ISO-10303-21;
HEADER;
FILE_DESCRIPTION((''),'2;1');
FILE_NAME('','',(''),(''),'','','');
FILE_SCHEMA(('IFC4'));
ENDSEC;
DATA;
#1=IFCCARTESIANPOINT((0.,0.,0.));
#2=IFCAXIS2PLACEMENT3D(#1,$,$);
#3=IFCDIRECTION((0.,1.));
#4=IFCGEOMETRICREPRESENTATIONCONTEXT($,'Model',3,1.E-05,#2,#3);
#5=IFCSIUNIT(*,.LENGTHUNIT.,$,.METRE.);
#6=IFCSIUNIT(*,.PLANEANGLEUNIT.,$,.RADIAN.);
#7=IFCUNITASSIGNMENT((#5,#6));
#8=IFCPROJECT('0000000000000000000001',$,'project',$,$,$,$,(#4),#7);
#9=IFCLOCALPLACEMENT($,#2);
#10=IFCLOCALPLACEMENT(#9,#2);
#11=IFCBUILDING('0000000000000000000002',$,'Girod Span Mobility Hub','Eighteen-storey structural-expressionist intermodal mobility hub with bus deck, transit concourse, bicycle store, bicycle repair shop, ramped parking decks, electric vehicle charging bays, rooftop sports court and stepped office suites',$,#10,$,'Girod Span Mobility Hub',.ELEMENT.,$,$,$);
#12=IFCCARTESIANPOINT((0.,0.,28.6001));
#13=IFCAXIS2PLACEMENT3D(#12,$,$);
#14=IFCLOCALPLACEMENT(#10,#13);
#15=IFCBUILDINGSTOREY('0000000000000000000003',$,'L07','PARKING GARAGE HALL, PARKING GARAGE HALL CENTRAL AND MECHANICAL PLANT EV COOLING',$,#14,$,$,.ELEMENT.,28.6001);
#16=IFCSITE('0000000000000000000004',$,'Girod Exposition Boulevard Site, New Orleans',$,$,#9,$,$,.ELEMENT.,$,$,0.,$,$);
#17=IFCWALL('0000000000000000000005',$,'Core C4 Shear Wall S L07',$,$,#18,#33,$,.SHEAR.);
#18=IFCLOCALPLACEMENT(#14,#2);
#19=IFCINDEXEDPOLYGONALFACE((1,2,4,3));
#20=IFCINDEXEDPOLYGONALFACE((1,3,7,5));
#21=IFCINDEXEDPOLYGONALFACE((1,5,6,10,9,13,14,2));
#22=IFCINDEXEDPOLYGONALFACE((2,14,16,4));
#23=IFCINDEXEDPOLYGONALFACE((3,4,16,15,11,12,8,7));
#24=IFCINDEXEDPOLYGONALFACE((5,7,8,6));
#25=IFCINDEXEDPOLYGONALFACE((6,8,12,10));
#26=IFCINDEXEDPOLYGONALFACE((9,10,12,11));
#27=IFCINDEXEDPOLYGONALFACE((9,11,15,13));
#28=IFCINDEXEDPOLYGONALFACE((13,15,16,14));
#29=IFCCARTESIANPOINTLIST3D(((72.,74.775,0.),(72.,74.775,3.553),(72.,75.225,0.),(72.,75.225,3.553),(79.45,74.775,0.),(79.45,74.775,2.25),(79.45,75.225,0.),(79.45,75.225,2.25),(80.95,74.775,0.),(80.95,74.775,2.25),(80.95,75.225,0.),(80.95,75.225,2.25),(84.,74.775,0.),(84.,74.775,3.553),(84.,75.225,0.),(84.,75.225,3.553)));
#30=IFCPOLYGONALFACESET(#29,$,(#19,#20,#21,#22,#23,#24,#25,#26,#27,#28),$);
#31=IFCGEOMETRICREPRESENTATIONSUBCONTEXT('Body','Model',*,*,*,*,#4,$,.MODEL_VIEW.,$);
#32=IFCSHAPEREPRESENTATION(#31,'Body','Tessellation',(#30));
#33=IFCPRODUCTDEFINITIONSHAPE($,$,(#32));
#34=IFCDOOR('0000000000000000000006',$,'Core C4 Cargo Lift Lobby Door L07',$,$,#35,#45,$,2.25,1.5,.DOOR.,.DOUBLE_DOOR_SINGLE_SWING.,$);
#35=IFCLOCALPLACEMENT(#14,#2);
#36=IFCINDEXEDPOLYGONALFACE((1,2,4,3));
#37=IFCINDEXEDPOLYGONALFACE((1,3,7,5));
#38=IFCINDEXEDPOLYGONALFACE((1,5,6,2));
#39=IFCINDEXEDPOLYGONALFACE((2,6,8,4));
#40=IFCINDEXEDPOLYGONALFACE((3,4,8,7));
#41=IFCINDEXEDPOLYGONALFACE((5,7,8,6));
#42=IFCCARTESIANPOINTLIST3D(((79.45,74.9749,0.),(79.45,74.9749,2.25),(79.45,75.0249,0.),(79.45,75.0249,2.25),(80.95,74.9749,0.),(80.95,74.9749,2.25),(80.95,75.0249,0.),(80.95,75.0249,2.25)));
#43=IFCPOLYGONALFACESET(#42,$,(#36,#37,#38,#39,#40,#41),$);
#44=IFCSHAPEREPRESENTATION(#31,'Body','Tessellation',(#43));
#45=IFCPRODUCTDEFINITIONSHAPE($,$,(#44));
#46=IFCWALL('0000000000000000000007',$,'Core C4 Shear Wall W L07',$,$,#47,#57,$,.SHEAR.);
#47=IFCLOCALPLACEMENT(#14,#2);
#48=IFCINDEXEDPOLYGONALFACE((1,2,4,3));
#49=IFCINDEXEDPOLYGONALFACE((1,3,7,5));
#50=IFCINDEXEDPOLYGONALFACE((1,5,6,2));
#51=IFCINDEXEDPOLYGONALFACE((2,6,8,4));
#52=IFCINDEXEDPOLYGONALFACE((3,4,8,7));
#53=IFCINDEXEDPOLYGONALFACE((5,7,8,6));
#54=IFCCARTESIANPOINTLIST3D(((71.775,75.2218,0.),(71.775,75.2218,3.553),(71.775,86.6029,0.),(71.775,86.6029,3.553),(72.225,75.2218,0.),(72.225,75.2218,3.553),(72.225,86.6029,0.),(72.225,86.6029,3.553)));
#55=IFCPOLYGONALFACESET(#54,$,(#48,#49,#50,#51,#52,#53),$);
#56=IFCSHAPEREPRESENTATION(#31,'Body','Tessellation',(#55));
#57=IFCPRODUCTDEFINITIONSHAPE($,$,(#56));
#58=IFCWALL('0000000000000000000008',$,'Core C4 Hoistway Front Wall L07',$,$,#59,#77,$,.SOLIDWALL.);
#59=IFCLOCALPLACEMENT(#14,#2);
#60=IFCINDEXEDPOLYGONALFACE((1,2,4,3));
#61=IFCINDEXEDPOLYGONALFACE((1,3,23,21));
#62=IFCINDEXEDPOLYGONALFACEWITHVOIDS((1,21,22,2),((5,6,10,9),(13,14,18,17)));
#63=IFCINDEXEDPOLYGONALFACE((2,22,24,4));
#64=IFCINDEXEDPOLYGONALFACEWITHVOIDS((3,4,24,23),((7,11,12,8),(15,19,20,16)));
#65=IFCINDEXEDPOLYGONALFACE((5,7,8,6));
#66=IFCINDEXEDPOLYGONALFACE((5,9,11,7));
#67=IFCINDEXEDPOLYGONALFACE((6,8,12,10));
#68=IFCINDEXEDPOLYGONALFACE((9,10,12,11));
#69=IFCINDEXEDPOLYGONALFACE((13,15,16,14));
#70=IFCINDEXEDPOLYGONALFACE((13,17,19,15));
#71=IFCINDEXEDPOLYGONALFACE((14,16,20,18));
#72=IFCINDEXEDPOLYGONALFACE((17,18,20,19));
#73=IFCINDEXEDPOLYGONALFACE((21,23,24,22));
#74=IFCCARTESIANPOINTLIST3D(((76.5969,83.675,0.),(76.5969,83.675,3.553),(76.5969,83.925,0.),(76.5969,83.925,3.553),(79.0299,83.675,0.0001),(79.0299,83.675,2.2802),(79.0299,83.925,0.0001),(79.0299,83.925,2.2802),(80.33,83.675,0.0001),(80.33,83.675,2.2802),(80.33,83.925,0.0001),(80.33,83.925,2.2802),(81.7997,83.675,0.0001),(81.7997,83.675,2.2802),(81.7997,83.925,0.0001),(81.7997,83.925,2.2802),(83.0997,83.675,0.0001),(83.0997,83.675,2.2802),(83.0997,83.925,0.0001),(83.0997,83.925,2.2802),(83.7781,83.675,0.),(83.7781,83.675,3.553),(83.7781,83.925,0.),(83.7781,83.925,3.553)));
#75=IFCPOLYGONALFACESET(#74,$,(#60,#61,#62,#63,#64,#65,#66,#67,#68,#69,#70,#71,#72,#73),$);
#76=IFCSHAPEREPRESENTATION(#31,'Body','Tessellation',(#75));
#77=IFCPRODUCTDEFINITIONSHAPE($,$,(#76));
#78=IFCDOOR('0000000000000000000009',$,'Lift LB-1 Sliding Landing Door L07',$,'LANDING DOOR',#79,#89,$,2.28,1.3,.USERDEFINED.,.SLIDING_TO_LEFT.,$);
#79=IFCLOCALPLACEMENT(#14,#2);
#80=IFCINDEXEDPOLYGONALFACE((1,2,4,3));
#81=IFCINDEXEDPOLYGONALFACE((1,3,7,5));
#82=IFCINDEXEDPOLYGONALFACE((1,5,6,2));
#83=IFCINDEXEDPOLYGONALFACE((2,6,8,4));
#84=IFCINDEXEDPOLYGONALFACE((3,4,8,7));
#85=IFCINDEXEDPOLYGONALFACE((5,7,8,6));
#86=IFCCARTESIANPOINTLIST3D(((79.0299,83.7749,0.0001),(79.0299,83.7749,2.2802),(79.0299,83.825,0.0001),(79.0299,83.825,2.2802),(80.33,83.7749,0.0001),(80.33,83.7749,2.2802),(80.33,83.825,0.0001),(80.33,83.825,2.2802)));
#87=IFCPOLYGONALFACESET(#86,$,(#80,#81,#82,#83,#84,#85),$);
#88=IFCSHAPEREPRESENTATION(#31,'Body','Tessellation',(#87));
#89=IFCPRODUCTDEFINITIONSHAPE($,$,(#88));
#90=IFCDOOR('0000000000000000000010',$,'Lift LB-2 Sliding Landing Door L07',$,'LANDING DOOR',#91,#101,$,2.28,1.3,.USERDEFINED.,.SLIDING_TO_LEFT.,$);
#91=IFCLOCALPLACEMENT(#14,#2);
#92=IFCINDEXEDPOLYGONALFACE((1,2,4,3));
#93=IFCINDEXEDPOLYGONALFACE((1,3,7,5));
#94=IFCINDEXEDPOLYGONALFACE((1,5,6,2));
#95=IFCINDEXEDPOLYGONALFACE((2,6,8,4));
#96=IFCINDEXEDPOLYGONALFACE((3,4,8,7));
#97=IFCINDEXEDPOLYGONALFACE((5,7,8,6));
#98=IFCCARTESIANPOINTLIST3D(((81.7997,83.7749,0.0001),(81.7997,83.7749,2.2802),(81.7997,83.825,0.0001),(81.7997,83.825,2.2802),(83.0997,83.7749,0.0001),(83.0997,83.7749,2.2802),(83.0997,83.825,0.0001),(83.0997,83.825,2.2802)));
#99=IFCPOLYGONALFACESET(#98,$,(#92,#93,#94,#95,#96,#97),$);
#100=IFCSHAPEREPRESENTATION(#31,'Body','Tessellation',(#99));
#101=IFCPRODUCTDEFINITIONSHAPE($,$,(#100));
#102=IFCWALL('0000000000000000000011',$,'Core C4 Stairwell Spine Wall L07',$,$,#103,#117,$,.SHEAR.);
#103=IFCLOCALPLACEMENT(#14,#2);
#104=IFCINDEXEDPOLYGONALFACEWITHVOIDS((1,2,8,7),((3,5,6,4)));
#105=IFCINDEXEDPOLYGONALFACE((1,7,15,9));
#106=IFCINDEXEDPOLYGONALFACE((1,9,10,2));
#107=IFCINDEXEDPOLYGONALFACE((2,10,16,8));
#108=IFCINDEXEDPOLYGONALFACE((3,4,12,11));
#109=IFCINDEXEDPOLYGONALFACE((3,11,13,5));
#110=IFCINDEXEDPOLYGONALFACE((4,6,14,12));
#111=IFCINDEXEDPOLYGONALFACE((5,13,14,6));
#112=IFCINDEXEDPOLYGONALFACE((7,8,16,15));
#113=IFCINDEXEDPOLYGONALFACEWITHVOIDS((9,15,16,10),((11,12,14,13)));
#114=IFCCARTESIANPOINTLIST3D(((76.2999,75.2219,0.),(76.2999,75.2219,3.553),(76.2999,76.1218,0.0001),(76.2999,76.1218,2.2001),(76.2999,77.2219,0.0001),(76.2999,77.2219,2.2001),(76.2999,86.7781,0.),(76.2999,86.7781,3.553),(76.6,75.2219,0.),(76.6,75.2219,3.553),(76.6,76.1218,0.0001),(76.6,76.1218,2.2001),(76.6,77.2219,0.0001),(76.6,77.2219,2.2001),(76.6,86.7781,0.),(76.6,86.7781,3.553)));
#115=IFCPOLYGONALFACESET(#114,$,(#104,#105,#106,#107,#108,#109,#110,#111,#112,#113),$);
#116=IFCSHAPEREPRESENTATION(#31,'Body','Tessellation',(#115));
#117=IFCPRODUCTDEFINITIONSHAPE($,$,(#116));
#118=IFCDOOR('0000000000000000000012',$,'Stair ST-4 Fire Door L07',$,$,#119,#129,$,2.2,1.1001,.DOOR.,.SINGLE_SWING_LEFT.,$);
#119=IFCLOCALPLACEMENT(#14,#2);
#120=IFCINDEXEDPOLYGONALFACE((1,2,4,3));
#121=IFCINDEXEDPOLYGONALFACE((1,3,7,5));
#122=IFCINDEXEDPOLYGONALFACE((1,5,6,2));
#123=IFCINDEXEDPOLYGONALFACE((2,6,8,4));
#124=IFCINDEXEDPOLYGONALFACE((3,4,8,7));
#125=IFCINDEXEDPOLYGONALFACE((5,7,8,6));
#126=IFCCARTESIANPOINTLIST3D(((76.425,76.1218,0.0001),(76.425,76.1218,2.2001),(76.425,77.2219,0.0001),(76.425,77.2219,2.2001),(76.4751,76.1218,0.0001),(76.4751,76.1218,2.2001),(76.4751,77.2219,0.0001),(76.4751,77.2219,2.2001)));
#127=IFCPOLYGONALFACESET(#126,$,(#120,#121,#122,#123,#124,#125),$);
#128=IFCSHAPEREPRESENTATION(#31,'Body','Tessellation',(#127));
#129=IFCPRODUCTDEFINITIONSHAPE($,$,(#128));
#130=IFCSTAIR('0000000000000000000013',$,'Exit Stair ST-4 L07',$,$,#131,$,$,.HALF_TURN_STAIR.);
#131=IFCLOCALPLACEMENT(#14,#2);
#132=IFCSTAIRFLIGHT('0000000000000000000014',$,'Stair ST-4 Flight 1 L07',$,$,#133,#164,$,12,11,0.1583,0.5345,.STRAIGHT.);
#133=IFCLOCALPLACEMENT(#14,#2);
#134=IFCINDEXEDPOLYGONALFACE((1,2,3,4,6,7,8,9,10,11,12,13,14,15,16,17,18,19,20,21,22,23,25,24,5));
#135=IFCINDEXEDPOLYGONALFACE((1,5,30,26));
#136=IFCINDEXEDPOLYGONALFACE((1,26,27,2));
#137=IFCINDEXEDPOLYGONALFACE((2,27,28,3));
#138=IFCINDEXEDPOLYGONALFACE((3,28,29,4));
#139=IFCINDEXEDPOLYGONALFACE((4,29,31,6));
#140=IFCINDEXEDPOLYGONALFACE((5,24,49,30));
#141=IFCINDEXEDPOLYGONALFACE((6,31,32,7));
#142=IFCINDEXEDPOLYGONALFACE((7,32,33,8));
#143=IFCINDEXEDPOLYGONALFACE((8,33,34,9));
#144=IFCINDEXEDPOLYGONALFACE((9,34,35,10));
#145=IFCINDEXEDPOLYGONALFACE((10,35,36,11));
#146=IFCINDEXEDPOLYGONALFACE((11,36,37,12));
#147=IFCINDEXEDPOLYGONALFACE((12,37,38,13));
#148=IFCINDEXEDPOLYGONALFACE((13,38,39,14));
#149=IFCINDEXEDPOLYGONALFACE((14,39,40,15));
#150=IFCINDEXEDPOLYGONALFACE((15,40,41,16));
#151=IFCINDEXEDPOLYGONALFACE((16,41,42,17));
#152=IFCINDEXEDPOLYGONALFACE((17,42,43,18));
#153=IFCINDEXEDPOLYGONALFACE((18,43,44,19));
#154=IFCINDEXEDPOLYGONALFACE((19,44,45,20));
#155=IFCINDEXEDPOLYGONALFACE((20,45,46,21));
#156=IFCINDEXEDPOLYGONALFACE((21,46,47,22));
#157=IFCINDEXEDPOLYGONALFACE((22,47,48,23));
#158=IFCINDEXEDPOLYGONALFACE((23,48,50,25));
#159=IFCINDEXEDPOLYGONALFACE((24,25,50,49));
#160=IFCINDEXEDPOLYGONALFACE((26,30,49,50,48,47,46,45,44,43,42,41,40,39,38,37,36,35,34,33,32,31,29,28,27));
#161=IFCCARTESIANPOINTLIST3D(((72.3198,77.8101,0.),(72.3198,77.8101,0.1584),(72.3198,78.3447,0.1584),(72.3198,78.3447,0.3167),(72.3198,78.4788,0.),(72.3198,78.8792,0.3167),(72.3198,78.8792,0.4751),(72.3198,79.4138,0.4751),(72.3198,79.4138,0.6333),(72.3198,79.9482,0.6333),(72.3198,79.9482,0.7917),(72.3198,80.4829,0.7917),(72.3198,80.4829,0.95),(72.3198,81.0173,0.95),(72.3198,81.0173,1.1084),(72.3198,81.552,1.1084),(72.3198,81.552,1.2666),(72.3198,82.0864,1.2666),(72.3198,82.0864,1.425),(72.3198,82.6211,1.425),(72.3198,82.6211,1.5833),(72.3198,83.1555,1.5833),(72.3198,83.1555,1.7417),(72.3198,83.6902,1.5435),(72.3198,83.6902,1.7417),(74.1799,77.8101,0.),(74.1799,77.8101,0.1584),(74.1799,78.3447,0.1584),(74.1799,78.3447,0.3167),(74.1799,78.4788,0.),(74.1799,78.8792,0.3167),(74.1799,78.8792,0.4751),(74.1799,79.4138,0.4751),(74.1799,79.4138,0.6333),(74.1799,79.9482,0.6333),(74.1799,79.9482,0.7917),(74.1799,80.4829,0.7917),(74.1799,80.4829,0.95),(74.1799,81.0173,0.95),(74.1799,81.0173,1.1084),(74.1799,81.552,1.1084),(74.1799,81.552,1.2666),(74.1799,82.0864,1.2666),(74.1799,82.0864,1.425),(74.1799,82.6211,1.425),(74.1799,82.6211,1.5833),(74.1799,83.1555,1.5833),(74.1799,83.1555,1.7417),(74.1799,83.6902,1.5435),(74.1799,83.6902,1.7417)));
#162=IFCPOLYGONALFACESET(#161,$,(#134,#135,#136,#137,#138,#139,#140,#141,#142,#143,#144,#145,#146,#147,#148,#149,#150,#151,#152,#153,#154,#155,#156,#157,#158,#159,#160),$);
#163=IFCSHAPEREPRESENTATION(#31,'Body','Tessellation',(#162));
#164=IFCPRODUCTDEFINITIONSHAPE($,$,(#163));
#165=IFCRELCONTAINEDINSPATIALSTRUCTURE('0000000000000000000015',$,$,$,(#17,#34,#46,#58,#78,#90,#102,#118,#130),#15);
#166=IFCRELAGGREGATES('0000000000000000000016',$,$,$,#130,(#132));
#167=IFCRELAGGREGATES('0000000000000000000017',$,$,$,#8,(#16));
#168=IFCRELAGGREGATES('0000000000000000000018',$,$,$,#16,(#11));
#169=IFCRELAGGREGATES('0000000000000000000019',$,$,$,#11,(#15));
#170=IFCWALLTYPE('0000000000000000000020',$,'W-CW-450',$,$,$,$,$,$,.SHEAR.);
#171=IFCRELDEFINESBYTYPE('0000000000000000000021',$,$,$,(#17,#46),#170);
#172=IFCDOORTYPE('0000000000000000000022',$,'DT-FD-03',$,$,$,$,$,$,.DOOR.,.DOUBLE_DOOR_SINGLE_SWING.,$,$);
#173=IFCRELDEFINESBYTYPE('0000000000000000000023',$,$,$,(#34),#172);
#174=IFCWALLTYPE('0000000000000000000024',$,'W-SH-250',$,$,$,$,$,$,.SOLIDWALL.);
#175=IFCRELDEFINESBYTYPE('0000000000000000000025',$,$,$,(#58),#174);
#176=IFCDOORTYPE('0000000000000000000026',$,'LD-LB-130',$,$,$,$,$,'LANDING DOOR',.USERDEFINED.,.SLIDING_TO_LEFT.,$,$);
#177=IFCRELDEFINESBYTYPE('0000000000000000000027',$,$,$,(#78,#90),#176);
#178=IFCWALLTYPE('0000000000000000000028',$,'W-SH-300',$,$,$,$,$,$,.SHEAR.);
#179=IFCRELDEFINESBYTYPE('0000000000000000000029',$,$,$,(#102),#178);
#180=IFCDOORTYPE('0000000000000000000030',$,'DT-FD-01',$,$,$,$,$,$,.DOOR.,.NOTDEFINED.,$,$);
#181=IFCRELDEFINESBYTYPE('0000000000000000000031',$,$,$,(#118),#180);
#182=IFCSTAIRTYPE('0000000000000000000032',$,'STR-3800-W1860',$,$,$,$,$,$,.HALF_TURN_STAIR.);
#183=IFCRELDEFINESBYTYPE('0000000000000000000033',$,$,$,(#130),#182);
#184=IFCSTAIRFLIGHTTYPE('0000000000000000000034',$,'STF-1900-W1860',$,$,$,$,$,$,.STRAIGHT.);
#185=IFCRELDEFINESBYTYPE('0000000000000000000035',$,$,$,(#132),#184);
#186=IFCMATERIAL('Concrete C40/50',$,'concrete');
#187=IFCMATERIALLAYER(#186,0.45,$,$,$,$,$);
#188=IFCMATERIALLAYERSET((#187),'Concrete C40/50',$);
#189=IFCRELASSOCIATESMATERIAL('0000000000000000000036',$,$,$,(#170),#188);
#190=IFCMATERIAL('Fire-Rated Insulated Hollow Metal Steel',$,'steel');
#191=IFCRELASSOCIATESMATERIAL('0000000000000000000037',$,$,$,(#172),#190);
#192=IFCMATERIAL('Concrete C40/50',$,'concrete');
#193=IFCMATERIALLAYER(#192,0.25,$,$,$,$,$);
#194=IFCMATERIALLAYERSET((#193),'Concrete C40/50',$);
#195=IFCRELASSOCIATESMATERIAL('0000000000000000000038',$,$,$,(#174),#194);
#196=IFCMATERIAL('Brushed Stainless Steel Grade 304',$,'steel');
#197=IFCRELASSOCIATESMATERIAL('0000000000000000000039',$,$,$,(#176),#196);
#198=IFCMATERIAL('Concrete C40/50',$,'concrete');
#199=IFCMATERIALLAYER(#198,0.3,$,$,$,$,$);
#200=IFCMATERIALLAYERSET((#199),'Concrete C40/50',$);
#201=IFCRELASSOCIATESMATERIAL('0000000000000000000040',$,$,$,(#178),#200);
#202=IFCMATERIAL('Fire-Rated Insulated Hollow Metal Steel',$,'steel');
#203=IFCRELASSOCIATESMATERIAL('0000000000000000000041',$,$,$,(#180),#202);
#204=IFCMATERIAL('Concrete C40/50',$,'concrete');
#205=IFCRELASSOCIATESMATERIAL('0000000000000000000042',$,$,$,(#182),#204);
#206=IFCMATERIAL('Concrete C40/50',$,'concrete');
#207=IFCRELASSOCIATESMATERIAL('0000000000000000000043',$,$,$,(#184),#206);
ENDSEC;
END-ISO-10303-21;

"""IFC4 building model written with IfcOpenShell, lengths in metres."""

from ifc_helpers import new_model, si_unit, direction, frame, frame_2d, origin, place, context, subcontext, project, spatial, polyline, rectangle, outline, extrude, material, layer, layer_set, type_object, element, fill, aggregate, save


model = new_model("IFC4")

# Units and contexts
model_context = context("Model", 3, precision=1e-05, world=origin(), true_north=direction((0.0, 1.0)))
body_context = subcontext(model_context, "Body", "Model", "MODEL_VIEW")
ifc_project = project(units=[si_unit("LENGTHUNIT", "METRE"), si_unit("PLANEANGLEUNIT", "RADIAN")], contexts=[model_context])

# Site, building, storey
site_placement = place(None, origin())
site = spatial("IfcSite", under=ifc_project, at=site_placement, Name="Girod Exposition Boulevard Site, New Orleans", CompositionType="ELEMENT", RefElevation=0.0)
building_placement = place(site_placement, origin())
building = spatial("IfcBuilding", under=site, at=building_placement, Name="Girod Span Mobility Hub", Description="Eighteen-storey structural-expressionist intermodal mobility hub with bus deck, transit concourse, bicycle store, bicycle repair shop, ramped parking decks, electric vehicle charging bays, rooftop sports court and stepped office suites", LongName="Girod Span Mobility Hub", CompositionType="ELEMENT")
storey_placement = place(building_placement, frame((0.0, 0.0, 28.6001)))
storey = spatial("IfcBuildingStorey", under=building, at=storey_placement, Name="L07", Description="PARKING GARAGE HALL, PARKING GARAGE HALL CENTRAL AND MECHANICAL PLANT EV COOLING", CompositionType="ELEMENT", Elevation=28.6001)

# Wall, opening, door
ifc_material_1 = material(Name="Concrete C40/50", Category="concrete")
ifc_layer_1 = layer(ifc_material_1, 0.45)
ifc_layer_set_1 = layer_set([ifc_layer_1], Name="Concrete C40/50")
wall_type_1 = type_object("IfcWallType", Name="W-CW-450", PredefinedType="SHEAR", material=ifc_layer_set_1)
wall_1_placement = place(storey_placement, frame((72.0, 75.0, 0.0), z_axis=(0.0, 0.0, 1.0), x_axis=(1.0, 0.0, 0.0)))
wall_1 = element("IfcWall", 1, at=wall_1_placement, inside=storey, type_object=wall_type_1, Name="Core C4 Shear Wall S L07", PredefinedType="SHEAR", context=body_context, shape_type="SweptSolid", body=[
    extrude(rectangle(XDim=12.0, YDim=0.45, at=frame_2d((6.0, 0.0))), origin(), (0.0, 0.0, 1.0), 3.553),
])
opening_1_placement = place(wall_1_placement, frame((7.45, 0.0, 0.0)))
opening_1 = element("IfcOpeningElement", 2, at=opening_1_placement, cuts=wall_1, PredefinedType="OPENING", context=body_context, shape_type="SweptSolid", body=[
    extrude(rectangle(XDim=1.5, YDim=2.25, at=frame_2d((0.75, 1.125))), frame((0.0, 0.24, 0.0), z_axis=(0.0, -1.0, 0.0), x_axis=(1.0, 0.0, 0.0)), (0.0, 0.0, 1.0), 0.48),
])
ifc_material_2 = material(Name="Fire-Rated Insulated Hollow Metal Steel", Category="steel")
door_type_1 = type_object("IfcDoorType", Name="DT-FD-03", OperationType="DOUBLE_DOOR_SINGLE_SWING", PredefinedType="DOOR", material=ifc_material_2)
door_1_placement = place(opening_1_placement, origin())
door_1 = element("IfcDoor", 3, at=door_1_placement, inside=storey, type_object=door_type_1, Name="Core C4 Cargo Lift Lobby Door L07", OperationType="DOUBLE_DOOR_SINGLE_SWING", OverallHeight=2.25, OverallWidth=1.5, PredefinedType="DOOR", context=body_context, shape_type="SweptSolid", body=[
    extrude(rectangle(XDim=1.5, YDim=2.25, at=frame_2d((0.75, 1.125))), frame((0.0, 0.0249, 0.0), z_axis=(0.0, -1.0, 0.0), x_axis=(1.0, 0.0, 0.0)), (0.0, 0.0, 1.0), 0.05),
])
fill(opening_1, door_1)

# Wall
wall_2_placement = place(storey_placement, frame((72.0, 75.2219, 0.0), z_axis=(0.0, 0.0, 1.0), x_axis=(0.0, 1.0, 0.0)))
element("IfcWall", 4, at=wall_2_placement, inside=storey, type_object=wall_type_1, Name="Core C4 Shear Wall W L07", PredefinedType="SHEAR", context=body_context, shape_type="SweptSolid", body=[
    extrude(rectangle(XDim=11.3811, YDim=0.45, at=frame_2d((5.6904, 0.0))), origin(), (0.0, 0.0, 1.0), 3.553),
])

# Wall, openings, doors
ifc_material_3 = material(Name="Concrete C40/50", Category="concrete")
ifc_layer_2 = layer(ifc_material_3, 0.25)
ifc_layer_set_2 = layer_set([ifc_layer_2], Name="Concrete C40/50")
wall_type_2 = type_object("IfcWallType", Name="W-SH-250", PredefinedType="SOLIDWALL", material=ifc_layer_set_2)
wall_3_placement = place(storey_placement, frame((76.5969, 83.8, 0.0), z_axis=(0.0, 0.0, 1.0), x_axis=(1.0, 0.0, 0.0)))
wall_3 = element("IfcWall", 5, at=wall_3_placement, inside=storey, type_object=wall_type_2, Name="Core C4 Hoistway Front Wall L07", PredefinedType="SOLIDWALL", context=body_context, shape_type="SweptSolid", body=[
    extrude(rectangle(XDim=7.1812, YDim=0.25, at=frame_2d((3.5906, 0.0))), origin(), (0.0, 0.0, 1.0), 3.553),
])
opening_2_placement = place(wall_3_placement, frame((2.4331, 0.0, 0.0)))
opening_2 = element("IfcOpeningElement", 6, at=opening_2_placement, cuts=wall_3, PredefinedType="OPENING", context=body_context, shape_type="SweptSolid", body=[
    extrude(rectangle(XDim=1.3, YDim=2.28, at=frame_2d((0.6499, 1.1401))), frame((0.0, 0.1399, 0.0), z_axis=(0.0, -1.0, 0.0), x_axis=(1.0, 0.0, 0.0)), (0.0, 0.0, 1.0), 0.28),
])
opening_3_placement = place(wall_3_placement, frame((5.2029, 0.0, 0.0)))
opening_3 = element("IfcOpeningElement", 7, at=opening_3_placement, cuts=wall_3, PredefinedType="OPENING", context=body_context, shape_type="SweptSolid", body=[
    extrude(rectangle(XDim=1.3, YDim=2.28, at=frame_2d((0.6499, 1.1401))), frame((0.0, 0.1399, 0.0), z_axis=(0.0, -1.0, 0.0), x_axis=(1.0, 0.0, 0.0)), (0.0, 0.0, 1.0), 0.28),
])
ifc_material_4 = material(Name="Brushed Stainless Steel Grade 304", Category="steel")
door_type_2 = type_object("IfcDoorType", Name="LD-LB-130", ElementType="LANDING DOOR", OperationType="SLIDING_TO_LEFT", PredefinedType="USERDEFINED", material=ifc_material_4)
door_2_placement = place(opening_2_placement, origin())
door_2 = element("IfcDoor", 8, at=door_2_placement, inside=storey, type_object=door_type_2, Name="Lift LB-1 Sliding Landing Door L07", ObjectType="LANDING DOOR", OperationType="SLIDING_TO_LEFT", OverallHeight=2.28, OverallWidth=1.3, PredefinedType="USERDEFINED", context=body_context, shape_type="SweptSolid", body=[
    extrude(rectangle(XDim=1.3, YDim=2.28, at=frame_2d((0.6499, 1.1401))), frame((0.0, 0.0249, 0.0), z_axis=(0.0, -1.0, 0.0), x_axis=(1.0, 0.0, 0.0)), (0.0, 0.0, 1.0), 0.05),
])
fill(opening_2, door_2)
door_3_placement = place(opening_3_placement, origin())
door_3 = element("IfcDoor", 9, at=door_3_placement, inside=storey, type_object=door_type_2, Name="Lift LB-2 Sliding Landing Door L07", ObjectType="LANDING DOOR", OperationType="SLIDING_TO_LEFT", OverallHeight=2.28, OverallWidth=1.3, PredefinedType="USERDEFINED", context=body_context, shape_type="SweptSolid", body=[
    extrude(rectangle(XDim=1.3, YDim=2.28, at=frame_2d((0.6499, 1.1401))), frame((0.0, 0.0249, 0.0), z_axis=(0.0, -1.0, 0.0), x_axis=(1.0, 0.0, 0.0)), (0.0, 0.0, 1.0), 0.05),
])
fill(opening_3, door_3)

# Wall, opening, door
ifc_material_5 = material(Name="Concrete C40/50", Category="concrete")
ifc_layer_3 = layer(ifc_material_5, 0.3)
ifc_layer_set_3 = layer_set([ifc_layer_3], Name="Concrete C40/50")
wall_type_3 = type_object("IfcWallType", Name="W-SH-300", PredefinedType="SHEAR", material=ifc_layer_set_3)
wall_4_placement = place(storey_placement, frame((76.45, 75.2219, 0.0), z_axis=(0.0, 0.0, 1.0), x_axis=(0.0, 1.0, 0.0)))
wall_4 = element("IfcWall", 10, at=wall_4_placement, inside=storey, type_object=wall_type_3, Name="Core C4 Stairwell Spine Wall L07", PredefinedType="SHEAR", context=body_context, shape_type="SweptSolid", body=[
    extrude(rectangle(XDim=11.5562, YDim=0.3, at=frame_2d((5.7781, 0.0))), origin(), (0.0, 0.0, 1.0), 3.553),
])
opening_4_placement = place(wall_4_placement, frame((0.8999, 0.0, 0.0)))
opening_4 = element("IfcOpeningElement", 11, at=opening_4_placement, cuts=wall_4, PredefinedType="OPENING", context=body_context, shape_type="SweptSolid", body=[
    extrude(rectangle(XDim=1.1001, YDim=2.2, at=frame_2d((0.55, 1.1001))), frame((0.0, 0.165, 0.0), z_axis=(0.0, -1.0, 0.0), x_axis=(1.0, 0.0, 0.0)), (0.0, 0.0, 1.0), 0.3301),
])
ifc_material_6 = material(Name="Fire-Rated Insulated Hollow Metal Steel", Category="steel")
door_type_3 = type_object("IfcDoorType", Name="DT-FD-01", OperationType="NOTDEFINED", PredefinedType="DOOR", material=ifc_material_6)
door_4_placement = place(opening_4_placement, origin())
door_4 = element("IfcDoor", 12, at=door_4_placement, inside=storey, type_object=door_type_3, Name="Stair ST-4 Fire Door L07", OperationType="SINGLE_SWING_LEFT", OverallHeight=2.2, OverallWidth=1.1001, PredefinedType="DOOR", context=body_context, shape_type="SweptSolid", body=[
    extrude(rectangle(XDim=1.1001, YDim=2.2, at=frame_2d((0.55, 1.1001))), frame((0.0, 0.0249, 0.0), z_axis=(0.0, -1.0, 0.0), x_axis=(1.0, 0.0, 0.0)), (0.0, 0.0, 1.0), 0.05),
])
fill(opening_4, door_4)

# Stair, stair flight
ifc_material_7 = material(Name="Concrete C40/50", Category="concrete")
stair_type = type_object("IfcStairType", Name="STR-3800-W1860", PredefinedType="HALF_TURN_STAIR", material=ifc_material_7)
stair_placement = place(storey_placement, origin())
stair = element("IfcStair", 13, at=stair_placement, inside=storey, type_object=stair_type, Name="Exit Stair ST-4 L07", PredefinedType="HALF_TURN_STAIR")
ifc_material_8 = material(Name="Concrete C40/50", Category="concrete")
stair_flight_type = type_object("IfcStairFlightType", Name="STF-1900-W1860", PredefinedType="STRAIGHT", material=ifc_material_8)
stair_flight_1_placement = place(storey_placement, frame((73.25, 77.8101, 0.0), z_axis=(0.0, 0.0, 1.0), x_axis=(0.0, 1.0, 0.0)))
stair_flight_1 = element("IfcStairFlight", 14, at=stair_flight_1_placement, type_object=stair_flight_type, Name="Stair ST-4 Flight 1 L07", NumberOfRisers=12, NumberOfTreads=11, PredefinedType="STRAIGHT", RiserHeight=0.1583, TreadLength=0.5345, context=body_context, shape_type="SweptSolid", body=[
    extrude(outline(polyline([(0.0, 0.0), (0.0, 0.1584), (0.5347, 0.1584), (0.5347, 0.3167), (1.0691, 0.3167), (1.0691, 0.4751), (1.6038, 0.4751), (1.6038, 0.6333), (2.1382, 0.6333), (2.1382, 0.7917), (2.6729, 0.7917), (2.6729, 0.95), (3.2073, 0.95), (3.2073, 1.1084), (3.7419, 1.1084), (3.7419, 1.2666), (4.2764, 1.2666), (4.2764, 1.425), (4.811, 1.425), (4.811, 1.5833), (5.3455, 1.5833), (5.3455, 1.7417), (5.8801, 1.7417), (5.8801, 1.8999), (5.8801, 1.5435), (0.6687, 0.0), (0.0, 0.0)])), frame((0.0, 0.9302, 0.0), z_axis=(0.0, -1.0, 0.0), x_axis=(1.0, 0.0, 0.0)), (0.0, 0.0, 1.0), 1.8601),
])
aggregate(stair, [stair_flight_1])

save(model, "model.ifc")
